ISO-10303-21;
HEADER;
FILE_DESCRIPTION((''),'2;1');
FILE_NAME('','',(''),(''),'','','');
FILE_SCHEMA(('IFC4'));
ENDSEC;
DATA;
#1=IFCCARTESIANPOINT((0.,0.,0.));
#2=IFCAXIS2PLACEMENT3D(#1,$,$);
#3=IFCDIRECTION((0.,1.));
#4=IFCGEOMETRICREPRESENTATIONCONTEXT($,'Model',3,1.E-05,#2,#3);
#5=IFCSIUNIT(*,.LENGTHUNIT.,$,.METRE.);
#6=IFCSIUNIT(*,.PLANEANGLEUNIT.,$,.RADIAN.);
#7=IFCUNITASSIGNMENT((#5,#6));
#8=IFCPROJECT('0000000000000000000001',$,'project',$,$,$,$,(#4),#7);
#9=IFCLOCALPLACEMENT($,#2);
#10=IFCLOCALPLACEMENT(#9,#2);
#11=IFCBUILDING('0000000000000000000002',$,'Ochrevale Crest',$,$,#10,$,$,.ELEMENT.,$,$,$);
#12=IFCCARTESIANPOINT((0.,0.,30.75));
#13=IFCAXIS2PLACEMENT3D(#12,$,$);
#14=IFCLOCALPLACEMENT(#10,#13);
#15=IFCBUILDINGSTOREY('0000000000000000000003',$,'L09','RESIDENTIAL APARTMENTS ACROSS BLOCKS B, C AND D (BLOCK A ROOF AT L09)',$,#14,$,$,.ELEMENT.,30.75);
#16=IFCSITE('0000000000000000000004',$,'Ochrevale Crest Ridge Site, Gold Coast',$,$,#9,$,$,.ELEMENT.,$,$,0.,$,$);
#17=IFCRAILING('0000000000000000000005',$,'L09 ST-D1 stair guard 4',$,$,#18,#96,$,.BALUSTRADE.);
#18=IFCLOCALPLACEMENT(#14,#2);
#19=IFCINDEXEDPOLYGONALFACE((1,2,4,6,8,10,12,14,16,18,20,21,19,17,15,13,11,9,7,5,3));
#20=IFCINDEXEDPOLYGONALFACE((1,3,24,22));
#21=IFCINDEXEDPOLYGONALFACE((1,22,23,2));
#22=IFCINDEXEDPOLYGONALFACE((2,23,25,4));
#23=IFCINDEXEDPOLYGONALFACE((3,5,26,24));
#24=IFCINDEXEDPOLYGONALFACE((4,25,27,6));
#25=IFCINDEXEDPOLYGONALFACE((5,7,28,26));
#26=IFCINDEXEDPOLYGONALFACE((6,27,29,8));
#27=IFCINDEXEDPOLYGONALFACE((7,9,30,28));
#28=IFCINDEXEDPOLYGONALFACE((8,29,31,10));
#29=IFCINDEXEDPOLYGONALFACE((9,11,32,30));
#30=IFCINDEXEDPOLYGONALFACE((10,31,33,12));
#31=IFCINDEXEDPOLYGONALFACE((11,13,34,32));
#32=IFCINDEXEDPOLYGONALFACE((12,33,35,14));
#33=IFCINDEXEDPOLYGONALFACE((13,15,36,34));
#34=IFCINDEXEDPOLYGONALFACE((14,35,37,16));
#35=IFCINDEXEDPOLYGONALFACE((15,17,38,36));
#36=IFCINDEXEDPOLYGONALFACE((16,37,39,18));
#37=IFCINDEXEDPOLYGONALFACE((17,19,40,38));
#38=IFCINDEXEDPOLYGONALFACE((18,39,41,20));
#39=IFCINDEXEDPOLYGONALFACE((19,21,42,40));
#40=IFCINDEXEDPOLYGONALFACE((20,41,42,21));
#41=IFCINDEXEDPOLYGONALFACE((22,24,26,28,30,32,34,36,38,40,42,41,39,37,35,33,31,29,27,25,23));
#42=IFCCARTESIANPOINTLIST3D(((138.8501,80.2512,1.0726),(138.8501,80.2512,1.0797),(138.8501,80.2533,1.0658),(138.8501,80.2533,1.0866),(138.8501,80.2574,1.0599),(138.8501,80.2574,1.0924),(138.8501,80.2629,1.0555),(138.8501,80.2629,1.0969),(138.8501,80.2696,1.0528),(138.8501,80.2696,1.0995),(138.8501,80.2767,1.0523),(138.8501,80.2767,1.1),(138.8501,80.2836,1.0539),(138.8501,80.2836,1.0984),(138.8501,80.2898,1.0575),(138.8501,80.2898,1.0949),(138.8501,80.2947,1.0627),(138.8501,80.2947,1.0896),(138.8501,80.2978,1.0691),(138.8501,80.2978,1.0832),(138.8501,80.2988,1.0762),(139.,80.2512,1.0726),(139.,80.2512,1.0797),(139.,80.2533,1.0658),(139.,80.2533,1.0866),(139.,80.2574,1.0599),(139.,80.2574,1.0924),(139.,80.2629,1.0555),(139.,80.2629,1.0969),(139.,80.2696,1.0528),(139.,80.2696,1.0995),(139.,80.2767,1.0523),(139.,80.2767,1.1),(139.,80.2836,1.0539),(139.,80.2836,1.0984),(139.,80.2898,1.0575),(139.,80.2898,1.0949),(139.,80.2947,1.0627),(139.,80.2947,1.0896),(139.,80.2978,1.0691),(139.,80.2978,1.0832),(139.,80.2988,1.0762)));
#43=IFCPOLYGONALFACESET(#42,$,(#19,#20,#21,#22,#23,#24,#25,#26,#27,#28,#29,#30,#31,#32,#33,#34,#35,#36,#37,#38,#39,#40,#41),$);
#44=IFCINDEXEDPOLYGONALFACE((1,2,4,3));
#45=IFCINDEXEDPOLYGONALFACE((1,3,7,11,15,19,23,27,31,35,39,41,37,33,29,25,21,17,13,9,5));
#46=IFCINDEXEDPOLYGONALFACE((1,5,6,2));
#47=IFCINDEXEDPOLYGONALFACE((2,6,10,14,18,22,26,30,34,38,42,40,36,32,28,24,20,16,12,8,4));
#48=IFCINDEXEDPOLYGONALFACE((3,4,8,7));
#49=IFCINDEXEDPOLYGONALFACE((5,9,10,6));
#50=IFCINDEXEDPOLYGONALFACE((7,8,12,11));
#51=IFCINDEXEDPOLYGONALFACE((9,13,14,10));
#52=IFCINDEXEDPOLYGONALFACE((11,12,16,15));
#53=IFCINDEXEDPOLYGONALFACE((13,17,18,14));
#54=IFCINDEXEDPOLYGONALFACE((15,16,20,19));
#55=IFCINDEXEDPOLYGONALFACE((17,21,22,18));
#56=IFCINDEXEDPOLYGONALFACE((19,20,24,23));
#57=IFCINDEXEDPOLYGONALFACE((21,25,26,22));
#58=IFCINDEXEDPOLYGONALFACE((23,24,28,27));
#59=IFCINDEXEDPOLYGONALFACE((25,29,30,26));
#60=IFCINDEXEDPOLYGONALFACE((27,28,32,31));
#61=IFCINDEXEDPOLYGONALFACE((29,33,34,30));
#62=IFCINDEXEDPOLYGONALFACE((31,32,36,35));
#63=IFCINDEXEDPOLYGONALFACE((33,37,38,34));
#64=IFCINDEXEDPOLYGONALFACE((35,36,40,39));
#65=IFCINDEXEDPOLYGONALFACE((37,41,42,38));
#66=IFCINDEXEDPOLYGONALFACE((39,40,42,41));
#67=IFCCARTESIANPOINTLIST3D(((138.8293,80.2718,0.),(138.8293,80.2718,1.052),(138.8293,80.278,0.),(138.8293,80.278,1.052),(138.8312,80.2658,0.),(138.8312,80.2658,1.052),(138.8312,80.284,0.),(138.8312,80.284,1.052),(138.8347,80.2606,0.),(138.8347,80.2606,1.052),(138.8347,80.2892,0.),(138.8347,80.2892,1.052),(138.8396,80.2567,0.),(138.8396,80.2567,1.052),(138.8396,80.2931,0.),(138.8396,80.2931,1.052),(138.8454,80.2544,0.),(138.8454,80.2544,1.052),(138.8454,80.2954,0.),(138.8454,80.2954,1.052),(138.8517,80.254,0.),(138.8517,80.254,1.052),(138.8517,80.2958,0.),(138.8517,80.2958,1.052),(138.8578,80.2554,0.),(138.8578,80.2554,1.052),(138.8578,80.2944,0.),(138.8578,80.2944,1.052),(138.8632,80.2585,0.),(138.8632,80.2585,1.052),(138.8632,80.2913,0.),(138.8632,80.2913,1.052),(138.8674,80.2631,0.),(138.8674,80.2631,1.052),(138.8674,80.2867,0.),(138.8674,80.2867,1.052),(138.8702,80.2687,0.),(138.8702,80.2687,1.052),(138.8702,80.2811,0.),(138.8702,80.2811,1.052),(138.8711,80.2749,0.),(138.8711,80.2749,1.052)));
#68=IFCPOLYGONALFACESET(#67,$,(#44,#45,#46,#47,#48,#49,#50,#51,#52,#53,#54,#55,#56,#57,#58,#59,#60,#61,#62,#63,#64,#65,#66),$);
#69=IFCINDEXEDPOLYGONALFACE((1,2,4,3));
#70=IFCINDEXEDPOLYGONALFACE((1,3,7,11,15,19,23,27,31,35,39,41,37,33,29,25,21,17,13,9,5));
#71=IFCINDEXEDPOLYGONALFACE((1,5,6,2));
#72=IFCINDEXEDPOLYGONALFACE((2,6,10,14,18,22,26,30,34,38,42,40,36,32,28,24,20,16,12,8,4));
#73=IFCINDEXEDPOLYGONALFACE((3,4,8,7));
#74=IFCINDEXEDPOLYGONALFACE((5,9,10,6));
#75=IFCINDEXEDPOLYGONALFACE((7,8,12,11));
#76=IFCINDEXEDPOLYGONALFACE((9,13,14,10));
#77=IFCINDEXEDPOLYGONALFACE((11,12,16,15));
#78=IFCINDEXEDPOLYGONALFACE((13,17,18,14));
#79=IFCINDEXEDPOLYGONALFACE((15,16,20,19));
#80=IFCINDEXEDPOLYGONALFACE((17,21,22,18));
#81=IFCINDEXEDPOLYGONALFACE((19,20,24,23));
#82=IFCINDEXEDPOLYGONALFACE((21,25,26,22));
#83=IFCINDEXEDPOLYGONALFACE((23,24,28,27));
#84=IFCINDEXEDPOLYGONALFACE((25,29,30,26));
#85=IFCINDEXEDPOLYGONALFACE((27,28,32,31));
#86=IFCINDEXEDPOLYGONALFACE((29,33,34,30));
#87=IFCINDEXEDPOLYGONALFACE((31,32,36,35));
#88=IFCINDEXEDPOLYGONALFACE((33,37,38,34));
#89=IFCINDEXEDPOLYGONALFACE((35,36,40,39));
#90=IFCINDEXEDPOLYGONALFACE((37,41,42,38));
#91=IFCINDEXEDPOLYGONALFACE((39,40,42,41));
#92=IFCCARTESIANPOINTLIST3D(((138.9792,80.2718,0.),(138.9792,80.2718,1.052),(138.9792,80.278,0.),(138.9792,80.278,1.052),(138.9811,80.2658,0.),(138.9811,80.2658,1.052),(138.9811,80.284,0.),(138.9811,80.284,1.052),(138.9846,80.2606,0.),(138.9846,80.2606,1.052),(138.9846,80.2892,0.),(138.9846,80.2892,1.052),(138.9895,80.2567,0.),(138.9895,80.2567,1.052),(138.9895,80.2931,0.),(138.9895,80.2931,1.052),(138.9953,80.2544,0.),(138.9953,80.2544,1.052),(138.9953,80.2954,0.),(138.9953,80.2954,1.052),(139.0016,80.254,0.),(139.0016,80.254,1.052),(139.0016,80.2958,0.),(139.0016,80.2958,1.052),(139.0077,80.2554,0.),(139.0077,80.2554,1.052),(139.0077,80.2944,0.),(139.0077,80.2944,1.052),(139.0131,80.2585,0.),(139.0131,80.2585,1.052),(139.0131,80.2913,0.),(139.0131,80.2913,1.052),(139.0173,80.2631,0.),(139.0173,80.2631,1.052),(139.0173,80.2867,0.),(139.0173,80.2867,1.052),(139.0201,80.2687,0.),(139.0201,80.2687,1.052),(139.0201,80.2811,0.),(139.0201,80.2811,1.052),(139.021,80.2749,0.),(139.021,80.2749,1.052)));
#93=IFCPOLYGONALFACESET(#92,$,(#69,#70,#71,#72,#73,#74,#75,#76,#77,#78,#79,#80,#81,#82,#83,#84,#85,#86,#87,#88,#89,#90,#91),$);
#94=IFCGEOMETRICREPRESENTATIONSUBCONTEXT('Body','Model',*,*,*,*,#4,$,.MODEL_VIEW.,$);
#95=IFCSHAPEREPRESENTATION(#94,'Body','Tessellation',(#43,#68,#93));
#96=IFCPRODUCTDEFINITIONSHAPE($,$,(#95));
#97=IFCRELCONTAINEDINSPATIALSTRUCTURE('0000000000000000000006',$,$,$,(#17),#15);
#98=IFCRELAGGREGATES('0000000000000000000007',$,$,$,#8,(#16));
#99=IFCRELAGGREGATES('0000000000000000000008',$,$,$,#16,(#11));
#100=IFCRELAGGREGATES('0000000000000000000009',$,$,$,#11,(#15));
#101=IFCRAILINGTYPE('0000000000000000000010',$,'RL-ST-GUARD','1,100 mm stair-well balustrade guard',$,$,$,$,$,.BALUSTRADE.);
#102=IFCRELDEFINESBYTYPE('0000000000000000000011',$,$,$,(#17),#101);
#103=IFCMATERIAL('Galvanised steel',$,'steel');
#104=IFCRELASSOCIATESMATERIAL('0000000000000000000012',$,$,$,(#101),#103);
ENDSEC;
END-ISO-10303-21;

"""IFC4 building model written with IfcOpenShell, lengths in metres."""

from ifc_helpers import new_model, si_unit, direction, frame, origin, origin_2d, place, context, subcontext, project, spatial, circle, extrude, material, type_object, element, save


model = new_model("IFC4")

# Units and contexts
model_context = context("Model", 3, precision=1e-05, world=origin(), true_north=direction((0.0, 1.0)))
body_context = subcontext(model_context, "Body", "Model", "MODEL_VIEW")
ifc_project = project(units=[si_unit("LENGTHUNIT", "METRE"), si_unit("PLANEANGLEUNIT", "RADIAN")], contexts=[model_context])

# Site, building, storey
site_placement = place(None, origin())
site = spatial("IfcSite", under=ifc_project, at=site_placement, Name="Ochrevale Crest Ridge Site, Gold Coast", CompositionType="ELEMENT", RefElevation=0.0)
building_placement = place(site_placement, origin())
building = spatial("IfcBuilding", under=site, at=building_placement, Name="Ochrevale Crest", CompositionType="ELEMENT")
storey_placement = place(building_placement, frame((0.0, 0.0, 30.75)))
storey = spatial("IfcBuildingStorey", under=building, at=storey_placement, Name="L09", Description="RESIDENTIAL APARTMENTS ACROSS BLOCKS B, C AND D (BLOCK A ROOF AT L09)", CompositionType="ELEMENT", Elevation=30.75)

# Railing
ifc_material_1 = material(Name="Galvanised steel", Category="steel")
railing_type = type_object("IfcRailingType", Name="RL-ST-GUARD", Description="1,100 mm stair-well balustrade guard", PredefinedType="BALUSTRADE", material=ifc_material_1)
railing_1_placement = place(storey_placement, frame((138.8501, 80.2749, 0.0)))
element("IfcRailing", 1, at=railing_1_placement, inside=storey, type_object=railing_type, Name="L09 ST-D1 stair guard 4", PredefinedType="BALUSTRADE", context=body_context, shape_type="SweptSolid", body=[
    extrude(circle(Radius=0.0239, at=origin_2d()), frame((0.0, 0.0, 1.0762), z_axis=(1.0, 0.0, 0.0), x_axis=(0.0, 1.0, 0.0)), (0.0, 0.0, 1.0), 0.1499),
    extrude(circle(Radius=0.021, at=origin_2d()), origin(), (0.0, 0.0, 1.0), 1.052),
    extrude(circle(Radius=0.021, at=origin_2d()), frame((0.1499, 0.0, 0.0)), (0.0, 0.0, 1.0), 1.052),
])

save(model, "model.ifc")
